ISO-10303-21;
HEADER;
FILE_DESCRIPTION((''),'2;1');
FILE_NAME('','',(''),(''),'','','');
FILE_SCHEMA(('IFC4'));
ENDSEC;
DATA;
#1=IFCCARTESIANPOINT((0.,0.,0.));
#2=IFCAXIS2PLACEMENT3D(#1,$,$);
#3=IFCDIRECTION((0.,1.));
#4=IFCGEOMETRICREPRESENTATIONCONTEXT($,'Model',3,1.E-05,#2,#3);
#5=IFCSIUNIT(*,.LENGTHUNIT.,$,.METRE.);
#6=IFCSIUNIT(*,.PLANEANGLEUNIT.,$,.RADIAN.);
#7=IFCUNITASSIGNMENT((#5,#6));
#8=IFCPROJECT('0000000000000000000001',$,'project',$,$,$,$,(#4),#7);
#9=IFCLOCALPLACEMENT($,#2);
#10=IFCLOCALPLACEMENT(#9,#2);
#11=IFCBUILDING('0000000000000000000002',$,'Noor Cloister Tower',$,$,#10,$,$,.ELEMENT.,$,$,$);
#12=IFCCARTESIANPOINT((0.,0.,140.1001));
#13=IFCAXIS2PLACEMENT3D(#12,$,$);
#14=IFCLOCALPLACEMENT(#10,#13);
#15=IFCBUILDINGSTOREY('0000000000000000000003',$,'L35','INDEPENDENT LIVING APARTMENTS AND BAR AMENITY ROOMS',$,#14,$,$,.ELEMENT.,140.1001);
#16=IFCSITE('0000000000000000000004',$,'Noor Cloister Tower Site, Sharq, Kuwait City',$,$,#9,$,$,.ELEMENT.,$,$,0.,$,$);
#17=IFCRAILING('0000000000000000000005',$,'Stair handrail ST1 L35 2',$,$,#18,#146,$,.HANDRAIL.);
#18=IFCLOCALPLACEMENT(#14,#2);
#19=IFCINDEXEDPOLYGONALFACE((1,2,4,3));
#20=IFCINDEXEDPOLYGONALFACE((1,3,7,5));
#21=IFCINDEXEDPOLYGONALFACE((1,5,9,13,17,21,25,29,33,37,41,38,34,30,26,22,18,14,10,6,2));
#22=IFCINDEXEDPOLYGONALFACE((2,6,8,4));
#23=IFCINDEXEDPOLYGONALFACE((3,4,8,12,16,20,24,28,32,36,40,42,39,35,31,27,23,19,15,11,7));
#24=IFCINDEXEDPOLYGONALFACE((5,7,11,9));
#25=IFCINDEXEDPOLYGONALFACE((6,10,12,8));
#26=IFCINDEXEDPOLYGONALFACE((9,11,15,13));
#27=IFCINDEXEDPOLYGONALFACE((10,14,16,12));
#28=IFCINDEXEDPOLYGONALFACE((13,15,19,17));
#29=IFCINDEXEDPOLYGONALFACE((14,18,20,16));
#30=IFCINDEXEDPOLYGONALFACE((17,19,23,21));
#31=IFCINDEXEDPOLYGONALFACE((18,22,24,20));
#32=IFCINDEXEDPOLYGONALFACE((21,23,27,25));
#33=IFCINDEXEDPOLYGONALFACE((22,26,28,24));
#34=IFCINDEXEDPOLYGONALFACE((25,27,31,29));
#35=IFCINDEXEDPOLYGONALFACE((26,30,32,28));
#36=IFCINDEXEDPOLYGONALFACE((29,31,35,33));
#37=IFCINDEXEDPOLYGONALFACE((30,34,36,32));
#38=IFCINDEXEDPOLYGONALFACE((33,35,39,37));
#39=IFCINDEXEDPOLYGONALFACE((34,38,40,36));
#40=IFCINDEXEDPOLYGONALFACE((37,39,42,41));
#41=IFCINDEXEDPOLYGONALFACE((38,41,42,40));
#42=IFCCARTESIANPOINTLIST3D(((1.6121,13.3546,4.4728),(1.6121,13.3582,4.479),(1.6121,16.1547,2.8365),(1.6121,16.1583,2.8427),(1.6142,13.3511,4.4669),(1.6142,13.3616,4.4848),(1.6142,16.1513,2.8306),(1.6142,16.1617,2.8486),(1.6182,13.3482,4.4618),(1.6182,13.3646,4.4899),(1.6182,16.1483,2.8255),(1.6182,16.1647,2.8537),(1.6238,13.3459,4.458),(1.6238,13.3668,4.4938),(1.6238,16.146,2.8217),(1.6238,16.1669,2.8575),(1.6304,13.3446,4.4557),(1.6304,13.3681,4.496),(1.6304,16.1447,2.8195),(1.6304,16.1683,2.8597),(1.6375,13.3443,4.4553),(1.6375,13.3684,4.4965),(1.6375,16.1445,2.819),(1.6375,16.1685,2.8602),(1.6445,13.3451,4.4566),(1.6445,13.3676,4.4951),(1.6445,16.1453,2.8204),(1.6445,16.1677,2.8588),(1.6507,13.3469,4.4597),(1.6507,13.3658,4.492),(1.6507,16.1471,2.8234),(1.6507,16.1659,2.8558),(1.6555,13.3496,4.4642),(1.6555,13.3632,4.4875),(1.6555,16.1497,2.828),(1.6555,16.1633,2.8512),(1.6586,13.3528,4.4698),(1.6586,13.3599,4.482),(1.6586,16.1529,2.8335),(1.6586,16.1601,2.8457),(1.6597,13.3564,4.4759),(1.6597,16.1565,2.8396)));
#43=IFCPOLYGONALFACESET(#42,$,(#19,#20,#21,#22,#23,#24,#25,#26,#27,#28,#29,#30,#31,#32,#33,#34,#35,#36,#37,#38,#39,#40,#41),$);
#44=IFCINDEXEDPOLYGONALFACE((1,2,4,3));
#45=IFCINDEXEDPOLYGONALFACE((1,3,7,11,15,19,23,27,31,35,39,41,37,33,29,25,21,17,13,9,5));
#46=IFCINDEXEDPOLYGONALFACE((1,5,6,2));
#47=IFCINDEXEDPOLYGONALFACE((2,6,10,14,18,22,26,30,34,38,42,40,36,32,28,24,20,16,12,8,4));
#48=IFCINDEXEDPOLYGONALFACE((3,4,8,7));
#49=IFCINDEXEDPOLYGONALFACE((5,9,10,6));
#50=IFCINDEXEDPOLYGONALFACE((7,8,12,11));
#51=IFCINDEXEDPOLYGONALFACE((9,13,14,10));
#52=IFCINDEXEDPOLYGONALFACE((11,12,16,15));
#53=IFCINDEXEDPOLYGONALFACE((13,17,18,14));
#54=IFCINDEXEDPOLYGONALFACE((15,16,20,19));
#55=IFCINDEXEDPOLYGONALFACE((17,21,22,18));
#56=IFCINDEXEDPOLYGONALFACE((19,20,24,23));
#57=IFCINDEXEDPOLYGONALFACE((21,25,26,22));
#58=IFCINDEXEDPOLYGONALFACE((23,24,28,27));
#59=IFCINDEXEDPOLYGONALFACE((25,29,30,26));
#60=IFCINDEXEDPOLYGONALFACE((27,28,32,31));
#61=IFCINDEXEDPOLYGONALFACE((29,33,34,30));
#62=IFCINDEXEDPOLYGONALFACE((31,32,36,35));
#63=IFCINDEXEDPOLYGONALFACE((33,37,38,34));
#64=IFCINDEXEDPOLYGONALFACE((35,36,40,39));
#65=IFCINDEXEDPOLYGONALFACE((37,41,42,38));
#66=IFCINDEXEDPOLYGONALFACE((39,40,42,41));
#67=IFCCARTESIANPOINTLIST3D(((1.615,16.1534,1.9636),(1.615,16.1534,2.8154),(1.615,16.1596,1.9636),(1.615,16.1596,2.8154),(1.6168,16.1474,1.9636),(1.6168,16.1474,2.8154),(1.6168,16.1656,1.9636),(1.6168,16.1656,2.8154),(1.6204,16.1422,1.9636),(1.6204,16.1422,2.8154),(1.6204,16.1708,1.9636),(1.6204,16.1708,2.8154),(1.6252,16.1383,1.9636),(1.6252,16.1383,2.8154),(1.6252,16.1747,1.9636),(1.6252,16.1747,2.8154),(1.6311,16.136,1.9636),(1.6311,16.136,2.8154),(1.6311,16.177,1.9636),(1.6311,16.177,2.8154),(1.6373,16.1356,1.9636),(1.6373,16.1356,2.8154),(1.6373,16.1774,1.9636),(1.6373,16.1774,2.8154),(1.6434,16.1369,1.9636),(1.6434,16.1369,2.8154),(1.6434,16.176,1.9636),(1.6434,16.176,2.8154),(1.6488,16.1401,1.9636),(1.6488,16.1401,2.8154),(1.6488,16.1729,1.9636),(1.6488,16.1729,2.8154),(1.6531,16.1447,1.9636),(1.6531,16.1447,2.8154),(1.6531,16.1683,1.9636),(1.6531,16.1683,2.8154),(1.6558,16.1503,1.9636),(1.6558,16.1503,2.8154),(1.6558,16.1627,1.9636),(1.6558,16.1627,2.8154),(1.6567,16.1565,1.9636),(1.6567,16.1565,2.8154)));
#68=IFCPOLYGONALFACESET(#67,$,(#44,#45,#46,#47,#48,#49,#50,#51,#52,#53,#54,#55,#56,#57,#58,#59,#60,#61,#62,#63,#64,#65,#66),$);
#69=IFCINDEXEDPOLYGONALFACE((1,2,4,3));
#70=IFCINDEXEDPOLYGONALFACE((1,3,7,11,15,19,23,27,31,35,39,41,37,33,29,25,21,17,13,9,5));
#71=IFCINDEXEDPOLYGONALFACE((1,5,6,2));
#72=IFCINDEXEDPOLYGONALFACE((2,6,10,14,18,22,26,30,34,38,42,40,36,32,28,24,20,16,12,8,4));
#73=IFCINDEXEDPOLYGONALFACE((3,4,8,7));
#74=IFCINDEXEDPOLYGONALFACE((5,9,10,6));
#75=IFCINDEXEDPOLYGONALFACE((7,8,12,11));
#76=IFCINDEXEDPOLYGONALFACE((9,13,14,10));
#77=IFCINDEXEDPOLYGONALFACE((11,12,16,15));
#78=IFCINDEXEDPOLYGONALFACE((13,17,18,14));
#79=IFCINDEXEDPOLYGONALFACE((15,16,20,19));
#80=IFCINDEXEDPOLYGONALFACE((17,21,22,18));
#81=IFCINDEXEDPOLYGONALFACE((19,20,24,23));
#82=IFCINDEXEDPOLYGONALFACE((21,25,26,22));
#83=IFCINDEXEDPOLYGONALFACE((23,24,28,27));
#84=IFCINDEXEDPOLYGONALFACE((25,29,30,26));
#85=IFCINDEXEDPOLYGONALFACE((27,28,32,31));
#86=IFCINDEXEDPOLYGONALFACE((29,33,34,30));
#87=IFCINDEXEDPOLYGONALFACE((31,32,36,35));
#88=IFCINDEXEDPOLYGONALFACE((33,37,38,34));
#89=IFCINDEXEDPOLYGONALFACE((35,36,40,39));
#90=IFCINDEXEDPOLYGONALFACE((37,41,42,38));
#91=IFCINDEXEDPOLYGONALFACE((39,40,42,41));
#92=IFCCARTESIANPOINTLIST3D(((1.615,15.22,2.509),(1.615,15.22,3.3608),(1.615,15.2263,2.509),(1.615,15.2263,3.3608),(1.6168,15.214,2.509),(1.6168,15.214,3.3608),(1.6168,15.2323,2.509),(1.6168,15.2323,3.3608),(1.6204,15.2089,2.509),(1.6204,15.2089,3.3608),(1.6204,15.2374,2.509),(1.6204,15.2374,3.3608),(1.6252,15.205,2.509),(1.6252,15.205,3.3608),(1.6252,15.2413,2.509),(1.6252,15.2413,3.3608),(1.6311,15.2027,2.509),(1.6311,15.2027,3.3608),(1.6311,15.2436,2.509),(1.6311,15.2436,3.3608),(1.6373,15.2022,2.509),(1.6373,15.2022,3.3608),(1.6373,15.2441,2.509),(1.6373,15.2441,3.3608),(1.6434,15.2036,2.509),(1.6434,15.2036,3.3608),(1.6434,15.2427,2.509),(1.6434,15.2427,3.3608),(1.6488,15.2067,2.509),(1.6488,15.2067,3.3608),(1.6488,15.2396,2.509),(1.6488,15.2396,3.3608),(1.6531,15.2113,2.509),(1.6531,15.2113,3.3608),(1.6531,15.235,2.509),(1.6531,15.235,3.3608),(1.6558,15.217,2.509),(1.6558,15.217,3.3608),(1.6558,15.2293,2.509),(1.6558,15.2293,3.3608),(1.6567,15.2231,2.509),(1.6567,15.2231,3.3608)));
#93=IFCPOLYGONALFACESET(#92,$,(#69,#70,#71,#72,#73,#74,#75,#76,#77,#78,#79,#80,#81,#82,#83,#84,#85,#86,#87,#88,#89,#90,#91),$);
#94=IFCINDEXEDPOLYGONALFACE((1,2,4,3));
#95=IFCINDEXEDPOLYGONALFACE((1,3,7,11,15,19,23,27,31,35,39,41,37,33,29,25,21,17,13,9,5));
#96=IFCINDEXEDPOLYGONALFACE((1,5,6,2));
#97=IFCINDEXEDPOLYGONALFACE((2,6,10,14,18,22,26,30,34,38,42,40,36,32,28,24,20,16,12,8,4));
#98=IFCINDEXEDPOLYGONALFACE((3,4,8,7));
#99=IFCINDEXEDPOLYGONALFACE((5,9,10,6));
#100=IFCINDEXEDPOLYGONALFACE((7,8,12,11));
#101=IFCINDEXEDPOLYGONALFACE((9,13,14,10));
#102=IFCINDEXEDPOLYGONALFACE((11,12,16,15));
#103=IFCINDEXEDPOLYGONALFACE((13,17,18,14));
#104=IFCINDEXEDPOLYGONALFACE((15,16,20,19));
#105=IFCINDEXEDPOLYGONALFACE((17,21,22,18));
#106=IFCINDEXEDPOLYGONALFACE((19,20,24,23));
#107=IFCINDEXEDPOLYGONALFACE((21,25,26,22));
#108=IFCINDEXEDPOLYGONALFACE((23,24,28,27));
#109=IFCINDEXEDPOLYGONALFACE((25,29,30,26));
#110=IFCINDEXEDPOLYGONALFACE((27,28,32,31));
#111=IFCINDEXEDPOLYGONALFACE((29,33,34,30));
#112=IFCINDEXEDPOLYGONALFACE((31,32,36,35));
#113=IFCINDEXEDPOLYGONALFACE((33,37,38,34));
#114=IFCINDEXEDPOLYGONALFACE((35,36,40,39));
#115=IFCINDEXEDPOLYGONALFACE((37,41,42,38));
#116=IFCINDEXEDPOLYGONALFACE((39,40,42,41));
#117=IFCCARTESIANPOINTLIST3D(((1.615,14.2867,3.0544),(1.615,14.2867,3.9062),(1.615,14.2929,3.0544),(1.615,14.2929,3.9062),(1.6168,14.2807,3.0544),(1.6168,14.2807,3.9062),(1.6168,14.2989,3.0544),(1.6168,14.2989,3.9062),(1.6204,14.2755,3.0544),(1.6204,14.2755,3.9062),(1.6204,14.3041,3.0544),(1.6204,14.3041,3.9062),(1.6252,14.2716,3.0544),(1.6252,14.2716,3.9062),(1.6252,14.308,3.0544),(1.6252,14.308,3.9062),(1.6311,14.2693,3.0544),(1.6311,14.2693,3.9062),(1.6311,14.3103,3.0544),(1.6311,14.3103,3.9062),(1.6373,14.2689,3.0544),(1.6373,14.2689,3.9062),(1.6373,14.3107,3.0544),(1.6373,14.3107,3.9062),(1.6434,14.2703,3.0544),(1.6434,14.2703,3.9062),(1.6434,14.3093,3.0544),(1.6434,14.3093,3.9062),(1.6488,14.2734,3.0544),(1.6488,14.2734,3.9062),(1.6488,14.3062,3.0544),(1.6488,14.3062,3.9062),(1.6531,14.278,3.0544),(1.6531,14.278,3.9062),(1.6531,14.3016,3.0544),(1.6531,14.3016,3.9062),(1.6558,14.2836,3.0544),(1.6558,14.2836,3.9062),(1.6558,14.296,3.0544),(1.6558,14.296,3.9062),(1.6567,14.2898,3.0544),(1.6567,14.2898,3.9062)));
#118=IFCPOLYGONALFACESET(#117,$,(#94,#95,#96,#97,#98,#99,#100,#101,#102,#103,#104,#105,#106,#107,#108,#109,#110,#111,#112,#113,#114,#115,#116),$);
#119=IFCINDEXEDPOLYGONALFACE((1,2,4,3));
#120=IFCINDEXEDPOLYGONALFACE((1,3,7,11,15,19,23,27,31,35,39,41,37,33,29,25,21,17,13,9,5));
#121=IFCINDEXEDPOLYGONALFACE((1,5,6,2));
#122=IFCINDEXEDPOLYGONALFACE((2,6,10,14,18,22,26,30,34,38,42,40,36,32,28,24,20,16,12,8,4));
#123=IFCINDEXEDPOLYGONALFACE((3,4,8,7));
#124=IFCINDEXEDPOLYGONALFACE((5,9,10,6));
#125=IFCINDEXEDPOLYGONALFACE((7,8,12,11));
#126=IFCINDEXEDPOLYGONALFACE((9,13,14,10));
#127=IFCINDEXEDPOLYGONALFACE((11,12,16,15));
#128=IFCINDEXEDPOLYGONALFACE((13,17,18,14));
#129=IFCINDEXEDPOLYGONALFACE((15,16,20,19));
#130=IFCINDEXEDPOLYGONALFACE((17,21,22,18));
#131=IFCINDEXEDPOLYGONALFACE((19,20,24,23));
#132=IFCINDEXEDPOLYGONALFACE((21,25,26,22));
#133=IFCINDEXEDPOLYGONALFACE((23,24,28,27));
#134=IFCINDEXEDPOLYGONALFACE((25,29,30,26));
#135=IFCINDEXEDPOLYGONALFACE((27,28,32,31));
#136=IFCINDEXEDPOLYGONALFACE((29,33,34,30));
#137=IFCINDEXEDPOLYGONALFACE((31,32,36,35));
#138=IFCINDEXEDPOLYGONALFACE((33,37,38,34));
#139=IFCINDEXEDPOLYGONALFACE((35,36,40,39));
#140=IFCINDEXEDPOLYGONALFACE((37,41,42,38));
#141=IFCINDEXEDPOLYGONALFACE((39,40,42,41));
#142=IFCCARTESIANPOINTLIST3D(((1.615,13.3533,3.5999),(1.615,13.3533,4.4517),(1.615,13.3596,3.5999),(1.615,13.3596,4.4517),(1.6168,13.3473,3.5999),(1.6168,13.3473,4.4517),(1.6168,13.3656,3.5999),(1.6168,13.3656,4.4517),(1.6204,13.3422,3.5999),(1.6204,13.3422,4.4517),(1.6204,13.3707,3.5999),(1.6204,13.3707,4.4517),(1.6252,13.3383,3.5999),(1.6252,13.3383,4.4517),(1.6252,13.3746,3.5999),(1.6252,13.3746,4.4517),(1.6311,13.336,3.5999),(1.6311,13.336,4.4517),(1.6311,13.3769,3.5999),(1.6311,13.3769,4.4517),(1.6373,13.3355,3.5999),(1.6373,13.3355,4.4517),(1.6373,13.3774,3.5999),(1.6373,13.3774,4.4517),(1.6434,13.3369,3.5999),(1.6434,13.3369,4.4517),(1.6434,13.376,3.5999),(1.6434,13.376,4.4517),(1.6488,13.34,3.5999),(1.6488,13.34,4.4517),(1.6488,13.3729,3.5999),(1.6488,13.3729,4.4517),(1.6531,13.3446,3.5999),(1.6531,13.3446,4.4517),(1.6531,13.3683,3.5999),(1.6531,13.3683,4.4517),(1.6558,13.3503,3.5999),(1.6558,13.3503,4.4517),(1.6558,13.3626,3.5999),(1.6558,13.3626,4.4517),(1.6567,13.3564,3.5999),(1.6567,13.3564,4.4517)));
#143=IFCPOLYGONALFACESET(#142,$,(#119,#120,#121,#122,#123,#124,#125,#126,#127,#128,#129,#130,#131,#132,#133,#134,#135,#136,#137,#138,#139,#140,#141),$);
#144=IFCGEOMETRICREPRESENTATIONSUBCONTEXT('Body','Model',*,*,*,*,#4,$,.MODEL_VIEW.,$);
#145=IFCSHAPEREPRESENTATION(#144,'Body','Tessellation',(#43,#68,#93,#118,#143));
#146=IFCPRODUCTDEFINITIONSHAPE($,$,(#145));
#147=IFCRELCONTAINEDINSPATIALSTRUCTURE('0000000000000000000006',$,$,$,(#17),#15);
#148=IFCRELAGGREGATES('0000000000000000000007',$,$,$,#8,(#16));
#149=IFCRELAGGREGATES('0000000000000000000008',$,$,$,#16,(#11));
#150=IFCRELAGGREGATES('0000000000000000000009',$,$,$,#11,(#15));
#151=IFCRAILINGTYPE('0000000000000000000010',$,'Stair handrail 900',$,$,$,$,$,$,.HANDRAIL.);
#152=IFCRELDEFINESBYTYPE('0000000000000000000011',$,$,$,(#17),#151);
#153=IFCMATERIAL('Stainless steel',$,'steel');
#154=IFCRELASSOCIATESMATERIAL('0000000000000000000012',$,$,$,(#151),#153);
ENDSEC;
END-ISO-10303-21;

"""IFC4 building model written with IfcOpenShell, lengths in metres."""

from ifc_helpers import new_model, si_unit, direction, frame, origin, origin_2d, place, context, subcontext, project, spatial, circle, extrude, material, type_object, element, save


model = new_model("IFC4")

# Units and contexts
model_context = context("Model", 3, precision=1e-05, world=origin(), true_north=direction((0.0, 1.0)))
body_context = subcontext(model_context, "Body", "Model", "MODEL_VIEW")
ifc_project = project(units=[si_unit("LENGTHUNIT", "METRE"), si_unit("PLANEANGLEUNIT", "RADIAN")], contexts=[model_context])

# Site, building, storey
site_placement = place(None, origin())
site = spatial("IfcSite", under=ifc_project, at=site_placement, Name="Noor Cloister Tower Site, Sharq, Kuwait City", CompositionType="ELEMENT", RefElevation=0.0)
building_placement = place(site_placement, origin())
building = spatial("IfcBuilding", under=site, at=building_placement, Name="Noor Cloister Tower", CompositionType="ELEMENT")
storey_placement = place(building_placement, frame((0.0, 0.0, 140.1001)))
storey = spatial("IfcBuildingStorey", under=building, at=storey_placement, Name="L35", Description="INDEPENDENT LIVING APARTMENTS AND BAR AMENITY ROOMS", CompositionType="ELEMENT", Elevation=140.1001)

# Railing
ifc_material_1 = material(Name="Stainless steel", Category="steel")
railing_type_1 = type_object("IfcRailingType", Name="Stair handrail 900", PredefinedType="HANDRAIL", material=ifc_material_1)
railing_1_placement = place(storey_placement, frame((1.6357, 16.1565, 1.9636)))
element("IfcRailing", 1, at=railing_1_placement, inside=storey, type_object=railing_type_1, Name="Stair handrail ST1 L35 2", PredefinedType="HANDRAIL", context=body_context, shape_type="SweptSolid", body=[
    extrude(circle(Radius=0.0239, at=origin_2d()), frame((0.0, 0.0, 0.876), z_axis=(0.0, -0.863394, 0.504531), x_axis=(1.0, 0.0, 0.0)), (0.0, 0.0, 1.0), 3.2432),
    extrude(circle(Radius=0.021, at=origin_2d()), origin(), (0.0, 0.0, 1.0), 0.8518),
    extrude(circle(Radius=0.021, at=origin_2d()), frame((0.0, -0.9333, 0.5454)), (0.0, 0.0, 1.0), 0.8518),
    extrude(circle(Radius=0.021, at=origin_2d()), frame((0.0, -1.8667, 1.0908)), (0.0, 0.0, 1.0), 0.8518),
    extrude(circle(Radius=0.021, at=origin_2d()), frame((0.0, -2.8, 1.6362)), (0.0, 0.0, 1.0), 0.8518),
])

save(model, "model.ifc")
